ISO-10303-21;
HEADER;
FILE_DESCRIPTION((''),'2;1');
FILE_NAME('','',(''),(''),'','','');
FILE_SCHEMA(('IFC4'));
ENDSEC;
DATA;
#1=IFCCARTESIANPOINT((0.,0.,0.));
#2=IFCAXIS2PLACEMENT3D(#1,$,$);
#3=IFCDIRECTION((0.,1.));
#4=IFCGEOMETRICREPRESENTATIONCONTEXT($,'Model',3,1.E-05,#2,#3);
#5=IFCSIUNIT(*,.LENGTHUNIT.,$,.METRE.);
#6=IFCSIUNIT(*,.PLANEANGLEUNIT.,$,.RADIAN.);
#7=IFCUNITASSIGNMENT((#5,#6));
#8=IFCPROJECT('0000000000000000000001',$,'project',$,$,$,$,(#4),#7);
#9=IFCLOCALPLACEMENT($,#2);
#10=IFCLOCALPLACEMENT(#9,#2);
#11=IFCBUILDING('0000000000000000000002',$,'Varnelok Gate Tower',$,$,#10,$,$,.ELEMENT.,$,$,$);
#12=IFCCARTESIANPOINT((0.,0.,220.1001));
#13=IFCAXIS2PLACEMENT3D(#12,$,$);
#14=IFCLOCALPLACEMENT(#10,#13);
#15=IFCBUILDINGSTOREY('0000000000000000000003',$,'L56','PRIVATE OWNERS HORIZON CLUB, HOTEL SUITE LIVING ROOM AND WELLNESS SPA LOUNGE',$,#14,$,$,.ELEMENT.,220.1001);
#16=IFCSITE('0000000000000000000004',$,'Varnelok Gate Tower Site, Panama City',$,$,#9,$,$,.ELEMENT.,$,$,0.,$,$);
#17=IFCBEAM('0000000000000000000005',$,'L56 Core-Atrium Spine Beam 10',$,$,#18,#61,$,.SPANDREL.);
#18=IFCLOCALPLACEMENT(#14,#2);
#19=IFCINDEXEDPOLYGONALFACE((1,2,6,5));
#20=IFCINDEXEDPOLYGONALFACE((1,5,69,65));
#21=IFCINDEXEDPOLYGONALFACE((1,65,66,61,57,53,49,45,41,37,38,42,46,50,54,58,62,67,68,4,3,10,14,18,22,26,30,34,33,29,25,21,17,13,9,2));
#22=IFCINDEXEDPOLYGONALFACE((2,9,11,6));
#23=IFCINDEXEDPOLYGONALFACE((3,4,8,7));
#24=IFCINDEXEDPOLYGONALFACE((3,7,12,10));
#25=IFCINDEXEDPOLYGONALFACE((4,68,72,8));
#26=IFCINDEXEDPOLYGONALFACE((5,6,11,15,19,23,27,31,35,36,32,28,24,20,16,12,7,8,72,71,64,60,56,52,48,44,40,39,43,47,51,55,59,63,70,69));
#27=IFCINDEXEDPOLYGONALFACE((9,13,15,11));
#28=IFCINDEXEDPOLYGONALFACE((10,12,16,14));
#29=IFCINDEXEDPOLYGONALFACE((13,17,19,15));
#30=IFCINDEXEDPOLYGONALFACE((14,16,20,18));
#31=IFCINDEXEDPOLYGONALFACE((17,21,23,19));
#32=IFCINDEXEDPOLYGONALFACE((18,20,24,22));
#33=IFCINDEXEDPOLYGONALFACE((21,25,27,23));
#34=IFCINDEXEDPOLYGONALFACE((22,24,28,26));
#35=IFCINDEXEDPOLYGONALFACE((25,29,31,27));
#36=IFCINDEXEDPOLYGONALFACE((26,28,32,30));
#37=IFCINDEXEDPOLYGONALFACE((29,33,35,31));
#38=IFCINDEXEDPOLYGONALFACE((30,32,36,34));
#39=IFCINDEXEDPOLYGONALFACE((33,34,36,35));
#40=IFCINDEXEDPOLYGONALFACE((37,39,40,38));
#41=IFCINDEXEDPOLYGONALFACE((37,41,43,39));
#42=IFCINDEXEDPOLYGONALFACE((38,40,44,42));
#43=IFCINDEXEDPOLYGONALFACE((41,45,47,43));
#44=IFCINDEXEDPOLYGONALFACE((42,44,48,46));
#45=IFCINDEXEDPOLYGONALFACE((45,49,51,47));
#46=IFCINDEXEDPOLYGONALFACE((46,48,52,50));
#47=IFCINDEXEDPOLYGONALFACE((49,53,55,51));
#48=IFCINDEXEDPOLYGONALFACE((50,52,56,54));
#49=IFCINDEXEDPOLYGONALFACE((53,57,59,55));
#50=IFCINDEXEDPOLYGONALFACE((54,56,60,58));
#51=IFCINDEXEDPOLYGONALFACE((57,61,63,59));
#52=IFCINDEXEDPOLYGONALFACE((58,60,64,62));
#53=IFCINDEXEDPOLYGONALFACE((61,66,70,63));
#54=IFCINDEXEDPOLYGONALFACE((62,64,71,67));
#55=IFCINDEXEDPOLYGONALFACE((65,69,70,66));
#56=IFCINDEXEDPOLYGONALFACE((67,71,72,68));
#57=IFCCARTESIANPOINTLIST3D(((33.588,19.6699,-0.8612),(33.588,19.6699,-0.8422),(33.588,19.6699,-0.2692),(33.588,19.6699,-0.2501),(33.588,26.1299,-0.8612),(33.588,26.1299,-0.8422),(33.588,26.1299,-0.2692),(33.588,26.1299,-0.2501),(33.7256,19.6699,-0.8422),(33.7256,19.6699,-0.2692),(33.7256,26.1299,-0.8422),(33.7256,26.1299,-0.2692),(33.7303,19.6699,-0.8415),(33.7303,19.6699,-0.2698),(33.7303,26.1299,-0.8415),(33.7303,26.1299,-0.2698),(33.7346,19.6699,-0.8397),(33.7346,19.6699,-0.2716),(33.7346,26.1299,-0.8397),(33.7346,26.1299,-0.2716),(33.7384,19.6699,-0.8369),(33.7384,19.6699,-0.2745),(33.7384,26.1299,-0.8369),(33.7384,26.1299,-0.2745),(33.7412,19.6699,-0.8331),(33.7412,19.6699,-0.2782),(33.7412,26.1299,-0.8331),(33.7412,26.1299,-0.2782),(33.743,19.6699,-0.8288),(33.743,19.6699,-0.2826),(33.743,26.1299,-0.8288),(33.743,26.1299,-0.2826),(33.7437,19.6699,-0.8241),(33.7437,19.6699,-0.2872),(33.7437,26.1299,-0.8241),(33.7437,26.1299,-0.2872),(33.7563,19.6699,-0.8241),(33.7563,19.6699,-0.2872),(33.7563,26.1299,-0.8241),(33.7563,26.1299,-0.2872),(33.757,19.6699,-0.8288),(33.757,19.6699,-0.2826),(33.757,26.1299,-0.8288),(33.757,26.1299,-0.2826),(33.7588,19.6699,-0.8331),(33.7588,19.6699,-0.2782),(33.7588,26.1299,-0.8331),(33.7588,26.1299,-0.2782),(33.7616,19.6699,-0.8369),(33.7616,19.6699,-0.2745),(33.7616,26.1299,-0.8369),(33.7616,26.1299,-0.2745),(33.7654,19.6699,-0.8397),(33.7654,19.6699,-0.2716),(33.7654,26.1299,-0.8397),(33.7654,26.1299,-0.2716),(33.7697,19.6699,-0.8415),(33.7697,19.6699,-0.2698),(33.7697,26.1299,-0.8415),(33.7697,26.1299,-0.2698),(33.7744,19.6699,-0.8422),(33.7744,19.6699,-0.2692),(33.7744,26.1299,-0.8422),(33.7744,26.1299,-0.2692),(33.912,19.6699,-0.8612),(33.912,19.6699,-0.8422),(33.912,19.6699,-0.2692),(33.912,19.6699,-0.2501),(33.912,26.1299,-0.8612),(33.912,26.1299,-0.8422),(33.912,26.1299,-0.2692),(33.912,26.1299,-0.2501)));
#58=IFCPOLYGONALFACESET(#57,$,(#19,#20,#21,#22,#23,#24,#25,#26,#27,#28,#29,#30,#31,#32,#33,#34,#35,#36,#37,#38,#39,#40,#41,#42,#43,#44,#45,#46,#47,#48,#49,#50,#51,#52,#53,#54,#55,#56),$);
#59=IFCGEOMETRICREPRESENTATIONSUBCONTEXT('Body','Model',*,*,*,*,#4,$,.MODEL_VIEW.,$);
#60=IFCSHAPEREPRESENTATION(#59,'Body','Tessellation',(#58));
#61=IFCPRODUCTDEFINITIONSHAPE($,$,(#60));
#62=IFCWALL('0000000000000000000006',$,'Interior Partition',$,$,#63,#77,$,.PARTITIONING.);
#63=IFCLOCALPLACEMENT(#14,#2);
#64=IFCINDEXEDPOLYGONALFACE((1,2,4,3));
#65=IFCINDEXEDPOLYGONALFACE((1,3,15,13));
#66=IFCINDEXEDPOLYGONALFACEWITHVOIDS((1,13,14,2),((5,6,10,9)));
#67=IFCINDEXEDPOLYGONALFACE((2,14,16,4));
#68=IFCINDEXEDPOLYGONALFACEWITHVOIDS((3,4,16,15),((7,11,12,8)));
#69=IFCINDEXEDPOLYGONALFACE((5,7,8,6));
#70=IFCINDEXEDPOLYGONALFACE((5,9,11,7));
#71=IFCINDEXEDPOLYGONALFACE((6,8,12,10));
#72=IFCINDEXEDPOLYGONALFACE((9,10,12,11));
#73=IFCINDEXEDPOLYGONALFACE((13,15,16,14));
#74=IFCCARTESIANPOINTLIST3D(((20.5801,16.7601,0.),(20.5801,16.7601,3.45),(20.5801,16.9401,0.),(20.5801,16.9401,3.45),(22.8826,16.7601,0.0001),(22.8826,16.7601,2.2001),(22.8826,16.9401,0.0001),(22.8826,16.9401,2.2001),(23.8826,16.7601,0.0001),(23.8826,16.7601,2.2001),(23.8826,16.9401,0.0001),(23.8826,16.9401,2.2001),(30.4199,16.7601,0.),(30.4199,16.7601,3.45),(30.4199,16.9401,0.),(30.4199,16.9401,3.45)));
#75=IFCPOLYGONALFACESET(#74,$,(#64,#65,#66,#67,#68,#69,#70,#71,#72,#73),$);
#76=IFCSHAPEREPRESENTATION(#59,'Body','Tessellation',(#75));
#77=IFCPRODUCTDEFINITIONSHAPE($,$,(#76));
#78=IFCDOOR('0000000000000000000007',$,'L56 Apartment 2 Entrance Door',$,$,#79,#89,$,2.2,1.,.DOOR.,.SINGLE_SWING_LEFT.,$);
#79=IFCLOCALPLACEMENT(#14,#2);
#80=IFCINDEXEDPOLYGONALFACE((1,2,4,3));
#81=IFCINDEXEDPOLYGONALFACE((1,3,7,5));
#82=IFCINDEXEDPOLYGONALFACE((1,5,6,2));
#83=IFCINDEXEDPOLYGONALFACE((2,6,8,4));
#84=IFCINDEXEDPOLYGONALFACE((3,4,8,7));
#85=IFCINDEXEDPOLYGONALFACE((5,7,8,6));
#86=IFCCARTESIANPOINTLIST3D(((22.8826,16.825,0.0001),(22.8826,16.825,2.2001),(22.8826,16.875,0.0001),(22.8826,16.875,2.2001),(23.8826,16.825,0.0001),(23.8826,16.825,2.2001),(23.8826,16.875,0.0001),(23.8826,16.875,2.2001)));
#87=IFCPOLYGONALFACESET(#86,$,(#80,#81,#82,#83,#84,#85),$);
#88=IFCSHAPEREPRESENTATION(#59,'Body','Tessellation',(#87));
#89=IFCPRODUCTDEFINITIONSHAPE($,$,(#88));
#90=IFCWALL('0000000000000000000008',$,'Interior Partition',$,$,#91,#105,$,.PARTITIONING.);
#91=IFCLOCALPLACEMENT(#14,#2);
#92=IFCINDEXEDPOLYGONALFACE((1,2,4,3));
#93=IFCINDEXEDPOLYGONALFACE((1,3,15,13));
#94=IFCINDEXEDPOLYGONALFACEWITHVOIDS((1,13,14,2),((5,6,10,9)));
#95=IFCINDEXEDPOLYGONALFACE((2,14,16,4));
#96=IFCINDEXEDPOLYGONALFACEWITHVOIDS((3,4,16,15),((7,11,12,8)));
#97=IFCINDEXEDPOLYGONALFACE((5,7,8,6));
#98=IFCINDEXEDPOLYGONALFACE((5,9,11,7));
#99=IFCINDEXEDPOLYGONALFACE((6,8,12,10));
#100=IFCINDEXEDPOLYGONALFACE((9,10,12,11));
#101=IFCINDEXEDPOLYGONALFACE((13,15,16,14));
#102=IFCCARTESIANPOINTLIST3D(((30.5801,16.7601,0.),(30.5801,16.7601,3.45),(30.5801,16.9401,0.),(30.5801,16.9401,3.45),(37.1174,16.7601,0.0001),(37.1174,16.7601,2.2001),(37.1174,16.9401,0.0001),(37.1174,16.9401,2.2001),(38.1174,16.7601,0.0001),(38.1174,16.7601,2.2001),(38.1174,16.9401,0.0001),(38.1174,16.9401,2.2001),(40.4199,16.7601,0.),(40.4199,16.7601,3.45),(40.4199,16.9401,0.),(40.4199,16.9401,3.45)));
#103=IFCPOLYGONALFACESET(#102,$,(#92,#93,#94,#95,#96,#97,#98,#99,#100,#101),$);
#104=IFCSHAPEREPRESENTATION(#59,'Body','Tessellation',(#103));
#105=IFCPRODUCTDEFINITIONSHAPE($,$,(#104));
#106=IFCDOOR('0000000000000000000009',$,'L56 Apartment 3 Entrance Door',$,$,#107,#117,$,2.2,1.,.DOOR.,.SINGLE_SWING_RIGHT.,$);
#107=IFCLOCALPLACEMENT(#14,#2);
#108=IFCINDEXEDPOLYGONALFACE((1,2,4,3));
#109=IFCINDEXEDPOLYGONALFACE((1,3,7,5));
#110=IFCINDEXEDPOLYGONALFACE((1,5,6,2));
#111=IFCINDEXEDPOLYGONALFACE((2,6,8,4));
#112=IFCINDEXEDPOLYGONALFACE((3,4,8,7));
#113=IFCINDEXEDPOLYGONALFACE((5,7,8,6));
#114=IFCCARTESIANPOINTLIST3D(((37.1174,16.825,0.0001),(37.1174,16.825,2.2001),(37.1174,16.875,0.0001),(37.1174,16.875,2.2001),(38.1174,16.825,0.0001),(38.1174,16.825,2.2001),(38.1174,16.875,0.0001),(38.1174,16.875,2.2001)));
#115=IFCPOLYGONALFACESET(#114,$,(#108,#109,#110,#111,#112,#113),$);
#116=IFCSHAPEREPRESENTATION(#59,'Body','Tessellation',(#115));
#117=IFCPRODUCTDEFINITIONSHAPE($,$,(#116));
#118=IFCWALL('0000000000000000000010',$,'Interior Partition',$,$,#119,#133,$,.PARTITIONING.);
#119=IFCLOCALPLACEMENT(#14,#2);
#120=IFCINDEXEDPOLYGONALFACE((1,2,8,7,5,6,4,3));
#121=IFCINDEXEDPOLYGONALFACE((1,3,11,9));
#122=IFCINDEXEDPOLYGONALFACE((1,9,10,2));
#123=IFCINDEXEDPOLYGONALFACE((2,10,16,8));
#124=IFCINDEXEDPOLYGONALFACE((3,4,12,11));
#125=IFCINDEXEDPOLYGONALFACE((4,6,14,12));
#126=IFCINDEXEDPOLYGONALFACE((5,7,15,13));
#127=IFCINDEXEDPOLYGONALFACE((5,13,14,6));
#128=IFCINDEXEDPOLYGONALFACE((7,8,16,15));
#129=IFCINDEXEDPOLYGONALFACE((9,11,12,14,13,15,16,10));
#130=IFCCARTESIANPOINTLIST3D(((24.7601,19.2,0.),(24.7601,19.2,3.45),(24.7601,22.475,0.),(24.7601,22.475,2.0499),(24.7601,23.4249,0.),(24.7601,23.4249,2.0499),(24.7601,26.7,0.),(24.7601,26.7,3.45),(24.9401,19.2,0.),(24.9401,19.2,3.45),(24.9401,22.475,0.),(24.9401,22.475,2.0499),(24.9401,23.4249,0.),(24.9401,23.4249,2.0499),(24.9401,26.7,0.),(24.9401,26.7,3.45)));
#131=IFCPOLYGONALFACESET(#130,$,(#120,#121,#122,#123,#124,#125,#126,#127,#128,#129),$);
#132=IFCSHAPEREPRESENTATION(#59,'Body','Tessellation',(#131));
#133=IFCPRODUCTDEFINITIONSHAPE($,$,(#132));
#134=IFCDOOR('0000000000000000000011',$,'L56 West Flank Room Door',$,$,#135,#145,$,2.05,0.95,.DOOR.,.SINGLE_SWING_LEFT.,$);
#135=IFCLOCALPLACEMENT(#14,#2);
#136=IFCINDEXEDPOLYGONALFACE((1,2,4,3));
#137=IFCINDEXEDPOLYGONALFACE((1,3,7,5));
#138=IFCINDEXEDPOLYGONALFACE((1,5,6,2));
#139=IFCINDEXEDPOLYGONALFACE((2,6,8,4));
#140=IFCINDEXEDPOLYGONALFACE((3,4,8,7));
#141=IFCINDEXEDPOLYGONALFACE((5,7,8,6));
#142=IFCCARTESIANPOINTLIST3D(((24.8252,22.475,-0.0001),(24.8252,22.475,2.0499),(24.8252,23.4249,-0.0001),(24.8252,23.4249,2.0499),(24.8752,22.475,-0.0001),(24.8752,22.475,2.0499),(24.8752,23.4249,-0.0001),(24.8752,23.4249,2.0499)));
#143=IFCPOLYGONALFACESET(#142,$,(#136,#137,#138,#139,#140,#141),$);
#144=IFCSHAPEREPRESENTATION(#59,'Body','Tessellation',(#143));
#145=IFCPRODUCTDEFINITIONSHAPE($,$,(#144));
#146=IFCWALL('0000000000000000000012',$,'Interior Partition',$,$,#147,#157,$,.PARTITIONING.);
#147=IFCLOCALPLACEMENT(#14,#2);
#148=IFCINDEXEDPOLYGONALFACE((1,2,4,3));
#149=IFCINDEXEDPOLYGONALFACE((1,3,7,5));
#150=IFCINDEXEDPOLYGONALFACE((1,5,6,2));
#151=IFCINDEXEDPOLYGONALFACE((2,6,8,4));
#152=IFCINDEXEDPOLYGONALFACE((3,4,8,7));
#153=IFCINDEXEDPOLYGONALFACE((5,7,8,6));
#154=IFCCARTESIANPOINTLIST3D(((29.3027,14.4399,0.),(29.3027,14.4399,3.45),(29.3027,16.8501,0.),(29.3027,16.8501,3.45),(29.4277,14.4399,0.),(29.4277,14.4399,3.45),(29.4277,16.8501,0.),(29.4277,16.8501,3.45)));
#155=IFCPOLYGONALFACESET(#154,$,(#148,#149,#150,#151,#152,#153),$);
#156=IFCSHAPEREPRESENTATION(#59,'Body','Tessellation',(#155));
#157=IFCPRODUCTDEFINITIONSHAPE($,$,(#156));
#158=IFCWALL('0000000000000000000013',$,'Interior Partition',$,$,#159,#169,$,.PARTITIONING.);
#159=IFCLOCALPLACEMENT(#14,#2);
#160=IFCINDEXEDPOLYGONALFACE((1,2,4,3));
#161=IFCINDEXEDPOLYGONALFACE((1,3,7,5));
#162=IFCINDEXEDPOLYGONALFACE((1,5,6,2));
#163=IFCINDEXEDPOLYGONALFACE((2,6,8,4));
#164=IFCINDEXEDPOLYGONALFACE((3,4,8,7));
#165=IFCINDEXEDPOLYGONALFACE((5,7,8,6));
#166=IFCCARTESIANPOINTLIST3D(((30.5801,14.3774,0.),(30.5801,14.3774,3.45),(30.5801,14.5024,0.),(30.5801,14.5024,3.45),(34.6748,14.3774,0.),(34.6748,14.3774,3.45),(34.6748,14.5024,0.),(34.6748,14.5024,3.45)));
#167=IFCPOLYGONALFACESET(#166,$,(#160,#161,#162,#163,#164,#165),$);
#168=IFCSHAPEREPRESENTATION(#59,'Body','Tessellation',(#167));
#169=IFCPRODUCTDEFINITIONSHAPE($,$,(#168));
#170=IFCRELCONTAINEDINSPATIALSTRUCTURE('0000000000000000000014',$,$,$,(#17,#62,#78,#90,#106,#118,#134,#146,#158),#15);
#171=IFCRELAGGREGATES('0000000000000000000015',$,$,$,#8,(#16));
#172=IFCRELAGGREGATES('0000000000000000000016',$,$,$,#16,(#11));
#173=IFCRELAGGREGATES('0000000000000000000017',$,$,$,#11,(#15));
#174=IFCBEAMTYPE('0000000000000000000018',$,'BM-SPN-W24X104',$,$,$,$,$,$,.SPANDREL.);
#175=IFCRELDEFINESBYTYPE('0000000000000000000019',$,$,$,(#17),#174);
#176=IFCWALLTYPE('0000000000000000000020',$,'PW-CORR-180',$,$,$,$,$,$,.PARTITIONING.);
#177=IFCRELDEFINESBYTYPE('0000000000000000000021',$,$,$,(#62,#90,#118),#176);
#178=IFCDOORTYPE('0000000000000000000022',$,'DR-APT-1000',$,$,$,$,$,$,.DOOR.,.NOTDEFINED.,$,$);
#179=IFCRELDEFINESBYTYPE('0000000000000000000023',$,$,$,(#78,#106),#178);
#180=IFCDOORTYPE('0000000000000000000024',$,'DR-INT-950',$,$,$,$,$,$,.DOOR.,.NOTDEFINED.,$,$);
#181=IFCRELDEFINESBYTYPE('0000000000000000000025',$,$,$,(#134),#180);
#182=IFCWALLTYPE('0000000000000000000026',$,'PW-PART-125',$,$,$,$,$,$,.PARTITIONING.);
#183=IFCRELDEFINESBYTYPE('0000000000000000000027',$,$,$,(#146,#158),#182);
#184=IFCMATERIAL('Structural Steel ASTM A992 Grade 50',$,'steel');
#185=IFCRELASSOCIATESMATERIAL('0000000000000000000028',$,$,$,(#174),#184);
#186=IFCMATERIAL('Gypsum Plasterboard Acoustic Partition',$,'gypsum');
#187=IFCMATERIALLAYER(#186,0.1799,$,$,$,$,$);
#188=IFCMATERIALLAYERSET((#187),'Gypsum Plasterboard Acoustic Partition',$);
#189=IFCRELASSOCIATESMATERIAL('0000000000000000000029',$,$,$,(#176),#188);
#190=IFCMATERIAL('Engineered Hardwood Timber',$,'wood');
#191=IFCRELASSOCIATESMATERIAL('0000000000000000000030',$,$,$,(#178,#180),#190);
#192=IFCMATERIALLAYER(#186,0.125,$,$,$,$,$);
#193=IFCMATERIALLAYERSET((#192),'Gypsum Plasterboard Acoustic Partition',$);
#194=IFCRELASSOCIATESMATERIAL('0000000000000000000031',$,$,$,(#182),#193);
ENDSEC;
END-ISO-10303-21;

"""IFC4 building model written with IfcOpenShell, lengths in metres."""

from ifc_helpers import new_model, si_unit, direction, frame, frame_2d, origin, origin_2d, place, context, subcontext, project, spatial, rectangle, i_section, extrude, material, layer, layer_set, material_profile, profile_set, type_object, element, fill, save


model = new_model("IFC4")

# Units and contexts
model_context = context("Model", 3, precision=1e-05, world=origin(), true_north=direction((0.0, 1.0)))
body_context = subcontext(model_context, "Body", "Model", "MODEL_VIEW")
ifc_project = project(units=[si_unit("LENGTHUNIT", "METRE"), si_unit("PLANEANGLEUNIT", "RADIAN")], contexts=[model_context])

# Site, building, storey
site_placement = place(None, origin())
site = spatial("IfcSite", under=ifc_project, at=site_placement, Name="Varnelok Gate Tower Site, Panama City", CompositionType="ELEMENT", RefElevation=0.0)
building_placement = place(site_placement, origin())
building = spatial("IfcBuilding", under=site, at=building_placement, Name="Varnelok Gate Tower", CompositionType="ELEMENT")
storey_placement = place(building_placement, frame((0.0, 0.0, 220.1001)))
storey = spatial("IfcBuildingStorey", under=building, at=storey_placement, Name="L56", Description="PRIVATE OWNERS HORIZON CLUB, HOTEL SUITE LIVING ROOM AND WELLNESS SPA LOUNGE", CompositionType="ELEMENT", Elevation=220.1001)

# Shared definitions
ifc_material_1 = material(Name="Structural Steel ASTM A992 Grade 50", Category="steel")

# Beam
ifc_material_profile_1 = material_profile(ifc_material_1, i_section(OverallWidth=0.324, OverallDepth=0.6111, WebThickness=0.0127, FlangeThickness=0.019, FilletRadius=0.0181, at=origin_2d()), Name="W24X104")
ifc_profile_set_1 = profile_set([ifc_material_profile_1], Name="Structural Steel ASTM A992 Grade 50")
beam_type_1 = type_object("IfcBeamType", Name="BM-SPN-W24X104", PredefinedType="SPANDREL", material=ifc_profile_set_1)
beam_1_placement = place(storey_placement, frame((33.75, 19.6699, -0.5557), z_axis=(0.0, 1.0, 0.0), x_axis=(-1.0, 0.0, 0.0)))
element("IfcBeam", 1, at=beam_1_placement, inside=storey, type_object=beam_type_1, Name="L56 Core-Atrium Spine Beam 10", PredefinedType="SPANDREL", context=body_context, shape_type="SweptSolid", body=[
    extrude(i_section(OverallWidth=0.324, OverallDepth=0.6111, WebThickness=0.0127, FlangeThickness=0.019, FilletRadius=0.0181, at=origin_2d()), origin(), (0.0, 0.0, 1.0), 6.46),
])

# Walls, openings, doors
ifc_material_2 = material(Name="Gypsum Plasterboard Acoustic Partition", Category="gypsum")
ifc_layer_1 = layer(ifc_material_2, 0.1799)
ifc_layer_set_1 = layer_set([ifc_layer_1], Name="Gypsum Plasterboard Acoustic Partition")
wall_type_1 = type_object("IfcWallType", Name="PW-CORR-180", PredefinedType="PARTITIONING", material=ifc_layer_set_1)
wall_1_placement = place(storey_placement, frame((20.5801, 16.8501, 0.0), z_axis=(0.0, 0.0, 1.0), x_axis=(1.0, 0.0, 0.0)))
wall_1 = element("IfcWall", 2, at=wall_1_placement, inside=storey, type_object=wall_type_1, Name="Interior Partition", PredefinedType="PARTITIONING", context=body_context, shape_type="SweptSolid", body=[
    extrude(rectangle(XDim=9.8398, YDim=0.1799, at=frame_2d((4.9199, 0.0))), origin(), (0.0, 0.0, 1.0), 3.45),
])
opening_1_placement = place(wall_1_placement, frame((2.3025, 0.0, 0.0)))
opening_1 = element("IfcOpeningElement", 3, at=opening_1_placement, cuts=wall_1, PredefinedType="OPENING", context=body_context, shape_type="SweptSolid", body=[
    extrude(rectangle(XDim=1.0, YDim=2.2, at=frame_2d((0.5, 1.1001))), frame((0.0, 0.0999, 0.0), z_axis=(0.0, -1.0, 0.0), x_axis=(1.0, 0.0, 0.0)), (0.0, 0.0, 1.0), 0.2),
])
ifc_material_3 = material(Name="Engineered Hardwood Timber", Category="wood")
door_type_1 = type_object("IfcDoorType", Name="DR-APT-1000", OperationType="NOTDEFINED", PredefinedType="DOOR", material=ifc_material_3)
door_1_placement = place(opening_1_placement, origin())
door_1 = element("IfcDoor", 4, at=door_1_placement, inside=storey, type_object=door_type_1, Name="L56 Apartment 2 Entrance Door", OperationType="SINGLE_SWING_LEFT", OverallHeight=2.2, OverallWidth=1.0, PredefinedType="DOOR", context=body_context, shape_type="SweptSolid", body=[
    extrude(rectangle(XDim=1.0, YDim=2.2, at=frame_2d((0.5, 1.1001))), frame((0.0, 0.0249, 0.0), z_axis=(0.0, -1.0, 0.0), x_axis=(1.0, 0.0, 0.0)), (0.0, 0.0, 1.0), 0.05),
])
fill(opening_1, door_1)
wall_2_placement = place(storey_placement, frame((30.5801, 16.8501, 0.0), z_axis=(0.0, 0.0, 1.0), x_axis=(1.0, 0.0, 0.0)))
wall_2 = element("IfcWall", 5, at=wall_2_placement, inside=storey, type_object=wall_type_1, Name="Interior Partition", PredefinedType="PARTITIONING", context=body_context, shape_type="SweptSolid", body=[
    extrude(rectangle(XDim=9.8398, YDim=0.1799, at=frame_2d((4.9199, 0.0))), origin(), (0.0, 0.0, 1.0), 3.45),
])
opening_2_placement = place(wall_2_placement, frame((6.5374, 0.0, 0.0)))
opening_2 = element("IfcOpeningElement", 6, at=opening_2_placement, cuts=wall_2, PredefinedType="OPENING", context=body_context, shape_type="SweptSolid", body=[
    extrude(rectangle(XDim=1.0, YDim=2.2, at=frame_2d((0.5, 1.1001))), frame((0.0, 0.0999, 0.0), z_axis=(0.0, -1.0, 0.0), x_axis=(1.0, 0.0, 0.0)), (0.0, 0.0, 1.0), 0.2),
])
door_2_placement = place(opening_2_placement, origin())
door_2 = element("IfcDoor", 7, at=door_2_placement, inside=storey, type_object=door_type_1, Name="L56 Apartment 3 Entrance Door", OperationType="SINGLE_SWING_RIGHT", OverallHeight=2.2, OverallWidth=1.0, PredefinedType="DOOR", context=body_context, shape_type="SweptSolid", body=[
    extrude(rectangle(XDim=1.0, YDim=2.2, at=frame_2d((0.5, 1.1001))), frame((0.0, 0.0249, 0.0), z_axis=(0.0, -1.0, 0.0), x_axis=(1.0, 0.0, 0.0)), (0.0, 0.0, 1.0), 0.05),
])
fill(opening_2, door_2)
wall_3_placement = place(storey_placement, frame((24.8501, 19.2, 0.0), z_axis=(0.0, 0.0, 1.0), x_axis=(0.0, 1.0, 0.0)))
wall_3 = element("IfcWall", 8, at=wall_3_placement, inside=storey, type_object=wall_type_1, Name="Interior Partition", PredefinedType="PARTITIONING", context=body_context, shape_type="SweptSolid", body=[
    extrude(rectangle(XDim=7.5, YDim=0.1799, at=frame_2d((3.75, 0.0))), origin(), (0.0, 0.0, 1.0), 3.45),
])
opening_3_placement = place(wall_3_placement, frame((3.2749, 0.0, 0.0)))
opening_3 = element("IfcOpeningElement", 9, at=opening_3_placement, cuts=wall_3, PredefinedType="OPENING", context=body_context, shape_type="SweptSolid", body=[
    extrude(rectangle(XDim=0.95, YDim=2.05, at=frame_2d((0.4751, 1.0249))), frame((0.0, 0.0999, 0.0), z_axis=(0.0, -1.0, 0.0), x_axis=(1.0, 0.0, 0.0)), (0.0, 0.0, 1.0), 0.2),
])
door_type_2 = type_object("IfcDoorType", Name="DR-INT-950", OperationType="NOTDEFINED", PredefinedType="DOOR", material=ifc_material_3)
door_3_placement = place(opening_3_placement, origin())
door_3 = element("IfcDoor", 10, at=door_3_placement, inside=storey, type_object=door_type_2, Name="L56 West Flank Room Door", OperationType="SINGLE_SWING_LEFT", OverallHeight=2.05, OverallWidth=0.95, PredefinedType="DOOR", context=body_context, shape_type="SweptSolid", body=[
    extrude(rectangle(XDim=0.95, YDim=2.05, at=frame_2d((0.4751, 1.0249))), frame((0.0, 0.0249, 0.0), z_axis=(0.0, -1.0, 0.0), x_axis=(1.0, 0.0, 0.0)), (0.0, 0.0, 1.0), 0.05),
])
fill(opening_3, door_3)

# Walls
ifc_layer_2 = layer(ifc_material_2, 0.125)
ifc_layer_set_2 = layer_set([ifc_layer_2], Name="Gypsum Plasterboard Acoustic Partition")
wall_type_2 = type_object("IfcWallType", Name="PW-PART-125", PredefinedType="PARTITIONING", material=ifc_layer_set_2)
wall_4_placement = place(storey_placement, frame((29.3652, 14.4399, 0.0), z_axis=(0.0, 0.0, 1.0), x_axis=(0.0, 1.0, 0.0)))
element("IfcWall", 11, at=wall_4_placement, inside=storey, type_object=wall_type_2, Name="Interior Partition", PredefinedType="PARTITIONING", context=body_context, shape_type="SweptSolid", body=[
    extrude(rectangle(XDim=2.4102, YDim=0.125, at=frame_2d((1.2051, 0.0))), origin(), (0.0, 0.0, 1.0), 3.45),
])
wall_5_placement = place(storey_placement, frame((30.5801, 14.4399, 0.0), z_axis=(0.0, 0.0, 1.0), x_axis=(1.0, 0.0, 0.0)))
element("IfcWall", 12, at=wall_5_placement, inside=storey, type_object=wall_type_2, Name="Interior Partition", PredefinedType="PARTITIONING", context=body_context, shape_type="SweptSolid", body=[
    extrude(rectangle(XDim=4.0947, YDim=0.125, at=frame_2d((2.0474, 0.0))), origin(), (0.0, 0.0, 1.0), 3.45),
])

save(model, "model.ifc")
